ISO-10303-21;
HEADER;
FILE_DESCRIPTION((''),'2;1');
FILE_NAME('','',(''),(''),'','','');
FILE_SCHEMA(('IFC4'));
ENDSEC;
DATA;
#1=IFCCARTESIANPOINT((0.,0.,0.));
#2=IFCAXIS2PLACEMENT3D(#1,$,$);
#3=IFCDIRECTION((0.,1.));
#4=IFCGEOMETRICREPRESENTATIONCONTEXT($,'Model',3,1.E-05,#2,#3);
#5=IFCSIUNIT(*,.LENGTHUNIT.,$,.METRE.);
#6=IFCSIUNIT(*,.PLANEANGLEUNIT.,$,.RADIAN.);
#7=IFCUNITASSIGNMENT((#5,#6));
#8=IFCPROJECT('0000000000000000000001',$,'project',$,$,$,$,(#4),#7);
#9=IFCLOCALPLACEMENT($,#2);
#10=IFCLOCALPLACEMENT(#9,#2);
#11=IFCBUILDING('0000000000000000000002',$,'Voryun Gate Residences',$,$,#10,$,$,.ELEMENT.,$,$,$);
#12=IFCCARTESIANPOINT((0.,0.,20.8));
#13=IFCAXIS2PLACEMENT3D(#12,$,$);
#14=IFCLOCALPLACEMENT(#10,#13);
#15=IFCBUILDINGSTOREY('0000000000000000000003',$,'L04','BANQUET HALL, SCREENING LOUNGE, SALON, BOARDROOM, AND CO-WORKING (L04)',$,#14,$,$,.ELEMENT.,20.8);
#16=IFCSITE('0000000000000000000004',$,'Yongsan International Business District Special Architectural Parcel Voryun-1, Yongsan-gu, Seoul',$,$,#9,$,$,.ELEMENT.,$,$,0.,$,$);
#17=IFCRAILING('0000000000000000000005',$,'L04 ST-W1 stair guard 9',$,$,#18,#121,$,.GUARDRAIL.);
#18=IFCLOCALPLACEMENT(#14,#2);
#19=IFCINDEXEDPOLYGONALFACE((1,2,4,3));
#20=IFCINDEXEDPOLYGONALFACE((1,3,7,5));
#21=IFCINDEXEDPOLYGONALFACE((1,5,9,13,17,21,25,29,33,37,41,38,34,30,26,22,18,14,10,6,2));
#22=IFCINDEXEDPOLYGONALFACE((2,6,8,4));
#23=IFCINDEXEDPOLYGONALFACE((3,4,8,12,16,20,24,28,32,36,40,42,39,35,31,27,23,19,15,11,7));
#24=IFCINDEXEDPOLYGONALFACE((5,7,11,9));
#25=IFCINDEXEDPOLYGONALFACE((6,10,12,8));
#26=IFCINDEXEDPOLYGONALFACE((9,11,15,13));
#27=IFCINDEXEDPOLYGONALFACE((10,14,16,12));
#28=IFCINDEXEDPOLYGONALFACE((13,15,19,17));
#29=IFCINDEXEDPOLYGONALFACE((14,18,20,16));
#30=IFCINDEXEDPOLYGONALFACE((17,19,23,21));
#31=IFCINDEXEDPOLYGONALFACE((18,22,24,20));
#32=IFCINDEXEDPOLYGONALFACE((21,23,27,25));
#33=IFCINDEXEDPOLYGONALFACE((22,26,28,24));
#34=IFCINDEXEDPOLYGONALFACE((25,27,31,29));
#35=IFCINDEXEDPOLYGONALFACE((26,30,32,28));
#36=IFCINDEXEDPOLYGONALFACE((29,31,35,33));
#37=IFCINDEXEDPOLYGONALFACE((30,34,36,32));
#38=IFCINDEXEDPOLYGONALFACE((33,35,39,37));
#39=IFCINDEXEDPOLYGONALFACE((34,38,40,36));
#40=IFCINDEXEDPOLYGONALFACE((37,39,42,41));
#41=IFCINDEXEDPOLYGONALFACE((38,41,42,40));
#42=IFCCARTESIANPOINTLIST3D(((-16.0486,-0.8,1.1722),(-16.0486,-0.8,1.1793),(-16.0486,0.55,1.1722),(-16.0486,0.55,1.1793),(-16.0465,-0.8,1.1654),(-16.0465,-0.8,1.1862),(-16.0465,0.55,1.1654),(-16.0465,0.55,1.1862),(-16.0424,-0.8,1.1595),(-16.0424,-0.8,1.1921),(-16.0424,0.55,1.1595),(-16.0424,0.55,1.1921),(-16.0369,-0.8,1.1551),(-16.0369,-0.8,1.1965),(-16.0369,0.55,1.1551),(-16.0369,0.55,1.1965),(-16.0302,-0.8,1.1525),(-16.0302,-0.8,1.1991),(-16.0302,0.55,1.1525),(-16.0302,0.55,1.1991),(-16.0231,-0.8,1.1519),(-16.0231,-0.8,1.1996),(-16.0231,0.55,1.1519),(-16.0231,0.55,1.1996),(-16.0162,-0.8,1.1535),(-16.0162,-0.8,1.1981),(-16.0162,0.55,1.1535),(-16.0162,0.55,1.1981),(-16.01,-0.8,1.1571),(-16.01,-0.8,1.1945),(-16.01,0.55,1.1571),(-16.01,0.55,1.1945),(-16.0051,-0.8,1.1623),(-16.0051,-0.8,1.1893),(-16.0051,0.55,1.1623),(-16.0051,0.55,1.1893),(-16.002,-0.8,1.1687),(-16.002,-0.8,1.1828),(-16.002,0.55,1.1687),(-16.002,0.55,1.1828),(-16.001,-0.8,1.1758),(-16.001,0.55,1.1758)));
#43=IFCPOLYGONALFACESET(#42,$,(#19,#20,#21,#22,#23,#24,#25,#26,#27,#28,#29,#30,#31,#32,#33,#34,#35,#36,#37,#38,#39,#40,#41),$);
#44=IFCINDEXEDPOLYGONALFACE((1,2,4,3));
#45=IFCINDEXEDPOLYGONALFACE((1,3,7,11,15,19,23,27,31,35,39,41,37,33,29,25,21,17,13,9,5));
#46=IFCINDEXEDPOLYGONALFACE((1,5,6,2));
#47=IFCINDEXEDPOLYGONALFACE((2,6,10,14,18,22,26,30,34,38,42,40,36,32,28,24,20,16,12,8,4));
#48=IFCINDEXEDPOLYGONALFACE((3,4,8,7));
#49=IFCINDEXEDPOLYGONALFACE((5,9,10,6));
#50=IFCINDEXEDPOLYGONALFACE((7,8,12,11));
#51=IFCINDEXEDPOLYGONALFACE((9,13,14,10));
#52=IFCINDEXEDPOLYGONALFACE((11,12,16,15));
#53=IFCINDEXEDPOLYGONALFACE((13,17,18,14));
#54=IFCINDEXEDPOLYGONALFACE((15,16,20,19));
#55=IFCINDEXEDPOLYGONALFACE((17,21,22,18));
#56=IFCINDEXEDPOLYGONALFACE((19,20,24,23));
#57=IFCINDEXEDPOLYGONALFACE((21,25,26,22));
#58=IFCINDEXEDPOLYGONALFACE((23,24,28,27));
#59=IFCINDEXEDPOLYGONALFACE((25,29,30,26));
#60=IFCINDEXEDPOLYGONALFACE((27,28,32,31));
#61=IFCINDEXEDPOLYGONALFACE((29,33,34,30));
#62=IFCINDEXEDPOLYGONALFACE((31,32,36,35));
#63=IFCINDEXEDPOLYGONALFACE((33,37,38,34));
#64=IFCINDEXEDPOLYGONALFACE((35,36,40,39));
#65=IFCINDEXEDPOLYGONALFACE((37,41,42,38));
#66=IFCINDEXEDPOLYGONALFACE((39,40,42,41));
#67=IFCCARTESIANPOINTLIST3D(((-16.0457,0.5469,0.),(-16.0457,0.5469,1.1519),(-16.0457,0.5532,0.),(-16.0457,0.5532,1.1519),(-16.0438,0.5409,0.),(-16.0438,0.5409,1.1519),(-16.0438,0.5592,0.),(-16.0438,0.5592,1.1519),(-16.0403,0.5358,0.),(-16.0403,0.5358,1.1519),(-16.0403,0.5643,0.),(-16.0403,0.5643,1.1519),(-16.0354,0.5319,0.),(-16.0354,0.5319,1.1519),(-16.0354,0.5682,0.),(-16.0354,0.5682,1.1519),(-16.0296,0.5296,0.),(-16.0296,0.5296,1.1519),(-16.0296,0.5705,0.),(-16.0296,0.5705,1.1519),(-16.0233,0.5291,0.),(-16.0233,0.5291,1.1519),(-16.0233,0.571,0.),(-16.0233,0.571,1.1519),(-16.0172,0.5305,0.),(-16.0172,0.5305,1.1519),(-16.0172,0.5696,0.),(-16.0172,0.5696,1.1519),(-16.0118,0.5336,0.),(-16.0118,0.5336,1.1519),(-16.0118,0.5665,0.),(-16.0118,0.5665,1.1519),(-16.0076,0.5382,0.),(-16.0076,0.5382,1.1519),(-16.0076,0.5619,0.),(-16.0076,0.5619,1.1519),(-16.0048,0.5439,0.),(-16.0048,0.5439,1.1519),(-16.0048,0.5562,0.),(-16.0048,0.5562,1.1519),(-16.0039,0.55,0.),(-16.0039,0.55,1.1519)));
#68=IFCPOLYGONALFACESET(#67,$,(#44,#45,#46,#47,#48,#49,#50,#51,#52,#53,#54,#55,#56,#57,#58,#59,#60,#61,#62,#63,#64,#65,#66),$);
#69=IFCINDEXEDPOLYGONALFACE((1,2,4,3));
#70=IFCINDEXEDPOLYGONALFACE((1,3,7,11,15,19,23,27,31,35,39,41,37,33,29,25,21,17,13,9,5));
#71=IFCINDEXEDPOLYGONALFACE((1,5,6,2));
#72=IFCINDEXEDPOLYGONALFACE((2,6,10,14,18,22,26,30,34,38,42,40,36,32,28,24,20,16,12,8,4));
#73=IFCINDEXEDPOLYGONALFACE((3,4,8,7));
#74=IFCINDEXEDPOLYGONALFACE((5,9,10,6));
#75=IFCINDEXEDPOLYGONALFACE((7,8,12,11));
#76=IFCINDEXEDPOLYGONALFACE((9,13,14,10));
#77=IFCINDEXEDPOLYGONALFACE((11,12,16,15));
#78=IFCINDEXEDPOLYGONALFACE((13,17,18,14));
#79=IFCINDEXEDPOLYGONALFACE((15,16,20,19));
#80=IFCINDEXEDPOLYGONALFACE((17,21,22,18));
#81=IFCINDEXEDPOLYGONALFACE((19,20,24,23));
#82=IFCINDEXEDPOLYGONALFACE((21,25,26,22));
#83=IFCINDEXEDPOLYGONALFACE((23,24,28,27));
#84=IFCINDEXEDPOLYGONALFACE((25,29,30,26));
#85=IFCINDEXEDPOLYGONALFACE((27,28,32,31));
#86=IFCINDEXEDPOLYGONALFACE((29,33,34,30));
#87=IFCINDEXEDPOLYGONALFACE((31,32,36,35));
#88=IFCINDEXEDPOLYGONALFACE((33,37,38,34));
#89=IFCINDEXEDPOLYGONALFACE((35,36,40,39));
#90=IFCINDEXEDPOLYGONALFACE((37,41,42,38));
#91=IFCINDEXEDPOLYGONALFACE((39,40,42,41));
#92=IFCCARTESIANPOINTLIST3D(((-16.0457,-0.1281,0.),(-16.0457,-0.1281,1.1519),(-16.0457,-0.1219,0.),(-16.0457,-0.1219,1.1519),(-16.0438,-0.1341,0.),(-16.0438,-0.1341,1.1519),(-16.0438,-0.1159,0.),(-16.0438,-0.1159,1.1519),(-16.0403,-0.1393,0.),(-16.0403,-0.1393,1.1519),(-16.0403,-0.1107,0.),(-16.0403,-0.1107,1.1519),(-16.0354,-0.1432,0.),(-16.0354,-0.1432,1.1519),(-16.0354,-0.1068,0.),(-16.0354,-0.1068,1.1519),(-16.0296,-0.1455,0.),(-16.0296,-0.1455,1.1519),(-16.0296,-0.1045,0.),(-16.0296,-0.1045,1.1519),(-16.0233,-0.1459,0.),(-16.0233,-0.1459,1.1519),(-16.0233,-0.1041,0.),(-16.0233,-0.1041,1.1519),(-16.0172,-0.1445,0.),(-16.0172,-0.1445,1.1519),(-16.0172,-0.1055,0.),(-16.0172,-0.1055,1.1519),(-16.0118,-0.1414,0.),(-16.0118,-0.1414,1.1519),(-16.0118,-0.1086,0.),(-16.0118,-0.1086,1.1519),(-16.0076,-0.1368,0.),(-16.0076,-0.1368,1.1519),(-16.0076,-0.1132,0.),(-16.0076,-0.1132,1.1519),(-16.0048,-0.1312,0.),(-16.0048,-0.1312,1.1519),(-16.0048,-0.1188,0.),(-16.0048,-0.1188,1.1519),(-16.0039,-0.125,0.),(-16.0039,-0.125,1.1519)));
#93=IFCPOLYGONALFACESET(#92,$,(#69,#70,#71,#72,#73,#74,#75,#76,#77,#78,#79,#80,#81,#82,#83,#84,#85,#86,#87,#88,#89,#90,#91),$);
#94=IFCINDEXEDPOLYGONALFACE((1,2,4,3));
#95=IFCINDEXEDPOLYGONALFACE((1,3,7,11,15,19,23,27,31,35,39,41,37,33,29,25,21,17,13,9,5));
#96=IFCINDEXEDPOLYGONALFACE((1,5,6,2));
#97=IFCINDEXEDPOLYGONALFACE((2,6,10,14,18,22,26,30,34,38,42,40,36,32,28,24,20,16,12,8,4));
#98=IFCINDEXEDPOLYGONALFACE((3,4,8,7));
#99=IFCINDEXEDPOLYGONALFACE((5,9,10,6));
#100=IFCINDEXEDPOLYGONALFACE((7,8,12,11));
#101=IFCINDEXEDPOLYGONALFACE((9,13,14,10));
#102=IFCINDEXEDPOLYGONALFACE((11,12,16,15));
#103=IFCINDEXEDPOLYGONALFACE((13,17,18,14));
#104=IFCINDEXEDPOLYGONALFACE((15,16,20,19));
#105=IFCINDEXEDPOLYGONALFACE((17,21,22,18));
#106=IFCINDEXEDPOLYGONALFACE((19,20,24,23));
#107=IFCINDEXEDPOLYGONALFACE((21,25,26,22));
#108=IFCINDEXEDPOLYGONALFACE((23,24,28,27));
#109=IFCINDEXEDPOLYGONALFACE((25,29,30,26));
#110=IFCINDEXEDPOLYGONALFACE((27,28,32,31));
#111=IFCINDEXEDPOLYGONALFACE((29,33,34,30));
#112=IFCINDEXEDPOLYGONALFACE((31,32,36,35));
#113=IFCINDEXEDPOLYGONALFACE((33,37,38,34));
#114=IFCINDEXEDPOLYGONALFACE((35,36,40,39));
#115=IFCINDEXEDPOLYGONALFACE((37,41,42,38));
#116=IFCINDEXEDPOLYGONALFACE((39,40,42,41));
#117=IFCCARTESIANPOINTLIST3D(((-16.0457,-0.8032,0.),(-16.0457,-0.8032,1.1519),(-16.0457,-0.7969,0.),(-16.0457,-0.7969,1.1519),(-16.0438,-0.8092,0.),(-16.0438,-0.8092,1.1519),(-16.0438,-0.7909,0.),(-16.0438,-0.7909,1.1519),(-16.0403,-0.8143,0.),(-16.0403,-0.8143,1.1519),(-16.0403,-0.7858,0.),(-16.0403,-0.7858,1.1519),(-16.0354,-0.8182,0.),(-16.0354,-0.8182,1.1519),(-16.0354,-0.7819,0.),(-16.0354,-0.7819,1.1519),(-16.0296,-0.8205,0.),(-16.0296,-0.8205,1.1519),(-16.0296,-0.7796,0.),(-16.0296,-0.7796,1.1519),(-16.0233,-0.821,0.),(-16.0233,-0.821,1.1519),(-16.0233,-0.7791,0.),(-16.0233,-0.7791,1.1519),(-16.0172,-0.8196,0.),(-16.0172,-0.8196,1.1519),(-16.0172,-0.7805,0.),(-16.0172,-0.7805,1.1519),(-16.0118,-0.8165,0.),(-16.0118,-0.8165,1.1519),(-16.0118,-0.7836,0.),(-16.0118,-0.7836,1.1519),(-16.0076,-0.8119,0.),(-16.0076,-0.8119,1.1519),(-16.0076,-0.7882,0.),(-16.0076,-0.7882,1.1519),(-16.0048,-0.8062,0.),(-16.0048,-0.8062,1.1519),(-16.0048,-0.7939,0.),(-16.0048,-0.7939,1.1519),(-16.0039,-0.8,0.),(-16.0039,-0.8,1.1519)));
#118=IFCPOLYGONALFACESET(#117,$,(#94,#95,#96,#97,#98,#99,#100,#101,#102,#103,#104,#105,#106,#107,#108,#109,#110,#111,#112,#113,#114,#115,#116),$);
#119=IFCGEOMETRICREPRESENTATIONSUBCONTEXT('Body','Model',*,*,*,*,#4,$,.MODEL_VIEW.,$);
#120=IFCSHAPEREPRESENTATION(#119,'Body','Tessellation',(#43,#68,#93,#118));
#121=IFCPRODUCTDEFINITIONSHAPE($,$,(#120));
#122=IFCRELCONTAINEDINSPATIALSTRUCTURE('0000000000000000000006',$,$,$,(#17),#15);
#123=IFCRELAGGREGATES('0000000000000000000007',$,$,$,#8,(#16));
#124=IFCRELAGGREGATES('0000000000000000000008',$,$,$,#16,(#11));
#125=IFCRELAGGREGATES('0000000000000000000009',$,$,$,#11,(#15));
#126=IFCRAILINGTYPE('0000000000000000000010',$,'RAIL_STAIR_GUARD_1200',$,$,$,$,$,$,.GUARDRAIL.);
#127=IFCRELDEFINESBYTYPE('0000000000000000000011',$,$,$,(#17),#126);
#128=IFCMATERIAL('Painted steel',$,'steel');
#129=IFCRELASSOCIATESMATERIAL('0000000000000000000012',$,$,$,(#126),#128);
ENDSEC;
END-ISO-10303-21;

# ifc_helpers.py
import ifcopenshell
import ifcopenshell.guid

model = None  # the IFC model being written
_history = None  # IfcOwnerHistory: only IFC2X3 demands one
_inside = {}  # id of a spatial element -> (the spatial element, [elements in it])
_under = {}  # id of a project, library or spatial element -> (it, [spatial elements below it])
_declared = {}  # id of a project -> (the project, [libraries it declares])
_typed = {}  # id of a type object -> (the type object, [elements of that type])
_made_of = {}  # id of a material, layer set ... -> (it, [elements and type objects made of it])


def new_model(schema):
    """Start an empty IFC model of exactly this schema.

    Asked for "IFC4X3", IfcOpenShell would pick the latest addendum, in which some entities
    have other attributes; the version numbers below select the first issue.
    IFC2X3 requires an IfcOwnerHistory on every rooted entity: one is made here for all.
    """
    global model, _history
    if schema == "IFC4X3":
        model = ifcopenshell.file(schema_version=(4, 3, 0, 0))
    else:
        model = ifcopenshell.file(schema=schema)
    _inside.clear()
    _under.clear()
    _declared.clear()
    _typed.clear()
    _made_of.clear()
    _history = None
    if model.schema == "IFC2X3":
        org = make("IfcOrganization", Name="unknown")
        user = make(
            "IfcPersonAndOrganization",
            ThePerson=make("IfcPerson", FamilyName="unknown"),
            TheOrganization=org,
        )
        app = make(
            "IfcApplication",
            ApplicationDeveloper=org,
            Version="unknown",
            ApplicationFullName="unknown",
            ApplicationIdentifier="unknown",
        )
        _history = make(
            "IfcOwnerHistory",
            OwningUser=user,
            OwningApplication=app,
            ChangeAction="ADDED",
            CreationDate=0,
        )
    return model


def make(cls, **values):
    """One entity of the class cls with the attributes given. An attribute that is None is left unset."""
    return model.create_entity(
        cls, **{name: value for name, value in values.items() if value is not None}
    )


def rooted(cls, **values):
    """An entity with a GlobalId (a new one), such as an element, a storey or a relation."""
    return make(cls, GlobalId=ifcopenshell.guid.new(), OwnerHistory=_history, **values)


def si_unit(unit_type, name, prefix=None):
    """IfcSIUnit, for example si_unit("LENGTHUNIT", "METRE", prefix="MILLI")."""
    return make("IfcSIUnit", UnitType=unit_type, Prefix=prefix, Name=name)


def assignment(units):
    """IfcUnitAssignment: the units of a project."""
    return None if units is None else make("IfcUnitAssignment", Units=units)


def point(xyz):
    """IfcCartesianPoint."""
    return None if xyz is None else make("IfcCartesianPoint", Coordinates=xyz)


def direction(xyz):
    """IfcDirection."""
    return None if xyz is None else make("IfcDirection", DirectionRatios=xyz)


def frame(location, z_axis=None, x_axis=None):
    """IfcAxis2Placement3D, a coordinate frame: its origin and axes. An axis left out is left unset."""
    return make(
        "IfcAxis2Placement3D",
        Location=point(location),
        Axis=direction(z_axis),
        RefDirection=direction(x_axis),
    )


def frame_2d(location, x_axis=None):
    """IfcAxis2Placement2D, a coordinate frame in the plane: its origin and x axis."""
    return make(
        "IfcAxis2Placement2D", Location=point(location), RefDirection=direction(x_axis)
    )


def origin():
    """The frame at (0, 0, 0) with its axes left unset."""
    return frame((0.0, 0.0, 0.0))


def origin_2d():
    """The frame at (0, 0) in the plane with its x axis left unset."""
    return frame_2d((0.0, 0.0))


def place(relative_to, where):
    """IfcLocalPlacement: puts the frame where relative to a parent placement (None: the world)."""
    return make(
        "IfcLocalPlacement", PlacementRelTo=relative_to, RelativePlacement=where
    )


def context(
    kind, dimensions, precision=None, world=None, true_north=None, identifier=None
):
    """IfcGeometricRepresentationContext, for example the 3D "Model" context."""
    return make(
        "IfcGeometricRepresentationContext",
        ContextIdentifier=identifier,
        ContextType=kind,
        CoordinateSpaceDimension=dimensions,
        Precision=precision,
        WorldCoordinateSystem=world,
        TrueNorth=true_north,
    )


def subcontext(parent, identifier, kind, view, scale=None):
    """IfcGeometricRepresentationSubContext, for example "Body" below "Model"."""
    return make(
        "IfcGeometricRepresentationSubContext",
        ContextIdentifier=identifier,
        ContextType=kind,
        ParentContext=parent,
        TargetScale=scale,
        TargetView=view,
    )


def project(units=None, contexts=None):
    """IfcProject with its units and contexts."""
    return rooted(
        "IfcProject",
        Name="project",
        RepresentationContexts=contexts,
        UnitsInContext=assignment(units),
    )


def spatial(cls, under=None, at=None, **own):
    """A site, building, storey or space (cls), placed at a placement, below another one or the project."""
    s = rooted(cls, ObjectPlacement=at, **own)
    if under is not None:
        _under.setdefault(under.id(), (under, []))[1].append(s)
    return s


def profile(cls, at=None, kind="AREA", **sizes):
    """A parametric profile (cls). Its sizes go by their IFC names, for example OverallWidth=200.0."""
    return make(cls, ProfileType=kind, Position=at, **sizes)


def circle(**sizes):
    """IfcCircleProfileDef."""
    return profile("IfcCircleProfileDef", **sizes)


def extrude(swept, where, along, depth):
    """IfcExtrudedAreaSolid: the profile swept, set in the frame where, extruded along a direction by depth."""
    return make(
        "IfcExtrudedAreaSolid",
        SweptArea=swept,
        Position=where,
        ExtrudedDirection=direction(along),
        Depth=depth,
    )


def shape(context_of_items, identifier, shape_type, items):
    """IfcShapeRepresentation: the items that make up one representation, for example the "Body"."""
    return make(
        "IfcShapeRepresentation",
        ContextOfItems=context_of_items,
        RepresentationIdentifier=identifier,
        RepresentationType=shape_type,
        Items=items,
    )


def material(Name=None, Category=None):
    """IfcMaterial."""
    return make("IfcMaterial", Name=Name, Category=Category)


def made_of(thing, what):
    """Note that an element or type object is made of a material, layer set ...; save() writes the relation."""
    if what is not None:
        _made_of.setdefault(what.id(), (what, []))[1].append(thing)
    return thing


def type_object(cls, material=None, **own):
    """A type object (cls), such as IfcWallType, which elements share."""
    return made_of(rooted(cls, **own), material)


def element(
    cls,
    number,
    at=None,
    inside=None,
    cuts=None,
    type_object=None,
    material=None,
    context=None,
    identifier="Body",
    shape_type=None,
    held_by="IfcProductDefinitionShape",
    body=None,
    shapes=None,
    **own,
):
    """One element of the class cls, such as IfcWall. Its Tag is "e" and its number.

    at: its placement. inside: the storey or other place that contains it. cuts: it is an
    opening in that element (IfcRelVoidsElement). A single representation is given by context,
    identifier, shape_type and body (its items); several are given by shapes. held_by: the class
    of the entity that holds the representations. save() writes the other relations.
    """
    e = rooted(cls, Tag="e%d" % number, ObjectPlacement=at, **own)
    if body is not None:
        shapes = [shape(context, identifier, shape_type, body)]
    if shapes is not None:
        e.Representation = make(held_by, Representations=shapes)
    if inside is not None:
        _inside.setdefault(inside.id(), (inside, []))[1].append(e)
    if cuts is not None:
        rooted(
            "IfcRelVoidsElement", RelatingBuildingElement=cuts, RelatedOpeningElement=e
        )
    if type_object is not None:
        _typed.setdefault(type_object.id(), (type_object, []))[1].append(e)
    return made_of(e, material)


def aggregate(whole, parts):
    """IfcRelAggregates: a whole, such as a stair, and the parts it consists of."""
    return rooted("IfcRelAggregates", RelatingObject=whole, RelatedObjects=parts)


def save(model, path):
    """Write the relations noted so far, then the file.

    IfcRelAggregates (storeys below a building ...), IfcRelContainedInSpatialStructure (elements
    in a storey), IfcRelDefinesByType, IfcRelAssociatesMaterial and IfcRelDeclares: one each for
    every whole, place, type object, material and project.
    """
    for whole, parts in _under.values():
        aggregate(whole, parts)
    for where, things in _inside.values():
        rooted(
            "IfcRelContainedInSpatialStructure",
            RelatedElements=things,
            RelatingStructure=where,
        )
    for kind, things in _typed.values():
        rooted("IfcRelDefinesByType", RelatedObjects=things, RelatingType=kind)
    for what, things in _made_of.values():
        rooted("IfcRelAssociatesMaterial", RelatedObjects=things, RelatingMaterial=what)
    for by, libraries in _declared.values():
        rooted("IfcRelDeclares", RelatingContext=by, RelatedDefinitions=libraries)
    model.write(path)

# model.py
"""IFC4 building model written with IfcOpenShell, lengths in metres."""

from ifc_helpers import new_model, si_unit, direction, frame, origin, origin_2d, place, context, subcontext, project, spatial, circle, extrude, material, type_object, element, save


model = new_model("IFC4")

# Units and contexts
model_context = context("Model", 3, precision=1e-05, world=origin(), true_north=direction((0.0, 1.0)))
body_context = subcontext(model_context, "Body", "Model", "MODEL_VIEW")
ifc_project = project(units=[si_unit("LENGTHUNIT", "METRE"), si_unit("PLANEANGLEUNIT", "RADIAN")], contexts=[model_context])

# Site, building, storey
site_placement = place(None, origin())
site = spatial("IfcSite", under=ifc_project, at=site_placement, Name="Yongsan International Business District Special Architectural Parcel Voryun-1, Yongsan-gu, Seoul", CompositionType="ELEMENT", RefElevation=0.0)
building_placement = place(site_placement, origin())
building = spatial("IfcBuilding", under=site, at=building_placement, Name="Voryun Gate Residences", CompositionType="ELEMENT")
storey_placement = place(building_placement, frame((0.0, 0.0, 20.8)))
storey = spatial("IfcBuildingStorey", under=building, at=storey_placement, Name="L04", Description="BANQUET HALL, SCREENING LOUNGE, SALON, BOARDROOM, AND CO-WORKING (L04)", CompositionType="ELEMENT", Elevation=20.8)

# Railing
ifc_material_1 = material(Name="Painted steel", Category="steel")
railing_type_1 = type_object("IfcRailingType", Name="RAIL_STAIR_GUARD_1200", PredefinedType="GUARDRAIL", material=ifc_material_1)
for number, where, name in (
    (1, (-16.0249, 0.55, 0.0), "L04 ST-W1 stair guard 9"),
):
    element("IfcRailing", number, at=place(storey_placement, frame(where)), inside=storey, type_object=railing_type_1, Name=name, PredefinedType="GUARDRAIL", context=body_context, shape_type="SweptSolid", body=[
        extrude(circle(Radius=0.0239, at=origin_2d()), frame((0.0, 0.0, 1.1758), z_axis=(0.0, -1.0, 0.0), x_axis=(1.0, 0.0, 0.0)), (0.0, 0.0, 1.0), 1.3501),
        extrude(circle(Radius=0.021, at=origin_2d()), origin(), (0.0, 0.0, 1.0), 1.1519),
        extrude(circle(Radius=0.021, at=origin_2d()), frame((0.0, -0.675, 0.0)), (0.0, 0.0, 1.0), 1.1519),
        extrude(circle(Radius=0.021, at=origin_2d()), frame((0.0, -1.3501, 0.0)), (0.0, 0.0, 1.0), 1.1519),
    ])

save(model, "model.ifc")
